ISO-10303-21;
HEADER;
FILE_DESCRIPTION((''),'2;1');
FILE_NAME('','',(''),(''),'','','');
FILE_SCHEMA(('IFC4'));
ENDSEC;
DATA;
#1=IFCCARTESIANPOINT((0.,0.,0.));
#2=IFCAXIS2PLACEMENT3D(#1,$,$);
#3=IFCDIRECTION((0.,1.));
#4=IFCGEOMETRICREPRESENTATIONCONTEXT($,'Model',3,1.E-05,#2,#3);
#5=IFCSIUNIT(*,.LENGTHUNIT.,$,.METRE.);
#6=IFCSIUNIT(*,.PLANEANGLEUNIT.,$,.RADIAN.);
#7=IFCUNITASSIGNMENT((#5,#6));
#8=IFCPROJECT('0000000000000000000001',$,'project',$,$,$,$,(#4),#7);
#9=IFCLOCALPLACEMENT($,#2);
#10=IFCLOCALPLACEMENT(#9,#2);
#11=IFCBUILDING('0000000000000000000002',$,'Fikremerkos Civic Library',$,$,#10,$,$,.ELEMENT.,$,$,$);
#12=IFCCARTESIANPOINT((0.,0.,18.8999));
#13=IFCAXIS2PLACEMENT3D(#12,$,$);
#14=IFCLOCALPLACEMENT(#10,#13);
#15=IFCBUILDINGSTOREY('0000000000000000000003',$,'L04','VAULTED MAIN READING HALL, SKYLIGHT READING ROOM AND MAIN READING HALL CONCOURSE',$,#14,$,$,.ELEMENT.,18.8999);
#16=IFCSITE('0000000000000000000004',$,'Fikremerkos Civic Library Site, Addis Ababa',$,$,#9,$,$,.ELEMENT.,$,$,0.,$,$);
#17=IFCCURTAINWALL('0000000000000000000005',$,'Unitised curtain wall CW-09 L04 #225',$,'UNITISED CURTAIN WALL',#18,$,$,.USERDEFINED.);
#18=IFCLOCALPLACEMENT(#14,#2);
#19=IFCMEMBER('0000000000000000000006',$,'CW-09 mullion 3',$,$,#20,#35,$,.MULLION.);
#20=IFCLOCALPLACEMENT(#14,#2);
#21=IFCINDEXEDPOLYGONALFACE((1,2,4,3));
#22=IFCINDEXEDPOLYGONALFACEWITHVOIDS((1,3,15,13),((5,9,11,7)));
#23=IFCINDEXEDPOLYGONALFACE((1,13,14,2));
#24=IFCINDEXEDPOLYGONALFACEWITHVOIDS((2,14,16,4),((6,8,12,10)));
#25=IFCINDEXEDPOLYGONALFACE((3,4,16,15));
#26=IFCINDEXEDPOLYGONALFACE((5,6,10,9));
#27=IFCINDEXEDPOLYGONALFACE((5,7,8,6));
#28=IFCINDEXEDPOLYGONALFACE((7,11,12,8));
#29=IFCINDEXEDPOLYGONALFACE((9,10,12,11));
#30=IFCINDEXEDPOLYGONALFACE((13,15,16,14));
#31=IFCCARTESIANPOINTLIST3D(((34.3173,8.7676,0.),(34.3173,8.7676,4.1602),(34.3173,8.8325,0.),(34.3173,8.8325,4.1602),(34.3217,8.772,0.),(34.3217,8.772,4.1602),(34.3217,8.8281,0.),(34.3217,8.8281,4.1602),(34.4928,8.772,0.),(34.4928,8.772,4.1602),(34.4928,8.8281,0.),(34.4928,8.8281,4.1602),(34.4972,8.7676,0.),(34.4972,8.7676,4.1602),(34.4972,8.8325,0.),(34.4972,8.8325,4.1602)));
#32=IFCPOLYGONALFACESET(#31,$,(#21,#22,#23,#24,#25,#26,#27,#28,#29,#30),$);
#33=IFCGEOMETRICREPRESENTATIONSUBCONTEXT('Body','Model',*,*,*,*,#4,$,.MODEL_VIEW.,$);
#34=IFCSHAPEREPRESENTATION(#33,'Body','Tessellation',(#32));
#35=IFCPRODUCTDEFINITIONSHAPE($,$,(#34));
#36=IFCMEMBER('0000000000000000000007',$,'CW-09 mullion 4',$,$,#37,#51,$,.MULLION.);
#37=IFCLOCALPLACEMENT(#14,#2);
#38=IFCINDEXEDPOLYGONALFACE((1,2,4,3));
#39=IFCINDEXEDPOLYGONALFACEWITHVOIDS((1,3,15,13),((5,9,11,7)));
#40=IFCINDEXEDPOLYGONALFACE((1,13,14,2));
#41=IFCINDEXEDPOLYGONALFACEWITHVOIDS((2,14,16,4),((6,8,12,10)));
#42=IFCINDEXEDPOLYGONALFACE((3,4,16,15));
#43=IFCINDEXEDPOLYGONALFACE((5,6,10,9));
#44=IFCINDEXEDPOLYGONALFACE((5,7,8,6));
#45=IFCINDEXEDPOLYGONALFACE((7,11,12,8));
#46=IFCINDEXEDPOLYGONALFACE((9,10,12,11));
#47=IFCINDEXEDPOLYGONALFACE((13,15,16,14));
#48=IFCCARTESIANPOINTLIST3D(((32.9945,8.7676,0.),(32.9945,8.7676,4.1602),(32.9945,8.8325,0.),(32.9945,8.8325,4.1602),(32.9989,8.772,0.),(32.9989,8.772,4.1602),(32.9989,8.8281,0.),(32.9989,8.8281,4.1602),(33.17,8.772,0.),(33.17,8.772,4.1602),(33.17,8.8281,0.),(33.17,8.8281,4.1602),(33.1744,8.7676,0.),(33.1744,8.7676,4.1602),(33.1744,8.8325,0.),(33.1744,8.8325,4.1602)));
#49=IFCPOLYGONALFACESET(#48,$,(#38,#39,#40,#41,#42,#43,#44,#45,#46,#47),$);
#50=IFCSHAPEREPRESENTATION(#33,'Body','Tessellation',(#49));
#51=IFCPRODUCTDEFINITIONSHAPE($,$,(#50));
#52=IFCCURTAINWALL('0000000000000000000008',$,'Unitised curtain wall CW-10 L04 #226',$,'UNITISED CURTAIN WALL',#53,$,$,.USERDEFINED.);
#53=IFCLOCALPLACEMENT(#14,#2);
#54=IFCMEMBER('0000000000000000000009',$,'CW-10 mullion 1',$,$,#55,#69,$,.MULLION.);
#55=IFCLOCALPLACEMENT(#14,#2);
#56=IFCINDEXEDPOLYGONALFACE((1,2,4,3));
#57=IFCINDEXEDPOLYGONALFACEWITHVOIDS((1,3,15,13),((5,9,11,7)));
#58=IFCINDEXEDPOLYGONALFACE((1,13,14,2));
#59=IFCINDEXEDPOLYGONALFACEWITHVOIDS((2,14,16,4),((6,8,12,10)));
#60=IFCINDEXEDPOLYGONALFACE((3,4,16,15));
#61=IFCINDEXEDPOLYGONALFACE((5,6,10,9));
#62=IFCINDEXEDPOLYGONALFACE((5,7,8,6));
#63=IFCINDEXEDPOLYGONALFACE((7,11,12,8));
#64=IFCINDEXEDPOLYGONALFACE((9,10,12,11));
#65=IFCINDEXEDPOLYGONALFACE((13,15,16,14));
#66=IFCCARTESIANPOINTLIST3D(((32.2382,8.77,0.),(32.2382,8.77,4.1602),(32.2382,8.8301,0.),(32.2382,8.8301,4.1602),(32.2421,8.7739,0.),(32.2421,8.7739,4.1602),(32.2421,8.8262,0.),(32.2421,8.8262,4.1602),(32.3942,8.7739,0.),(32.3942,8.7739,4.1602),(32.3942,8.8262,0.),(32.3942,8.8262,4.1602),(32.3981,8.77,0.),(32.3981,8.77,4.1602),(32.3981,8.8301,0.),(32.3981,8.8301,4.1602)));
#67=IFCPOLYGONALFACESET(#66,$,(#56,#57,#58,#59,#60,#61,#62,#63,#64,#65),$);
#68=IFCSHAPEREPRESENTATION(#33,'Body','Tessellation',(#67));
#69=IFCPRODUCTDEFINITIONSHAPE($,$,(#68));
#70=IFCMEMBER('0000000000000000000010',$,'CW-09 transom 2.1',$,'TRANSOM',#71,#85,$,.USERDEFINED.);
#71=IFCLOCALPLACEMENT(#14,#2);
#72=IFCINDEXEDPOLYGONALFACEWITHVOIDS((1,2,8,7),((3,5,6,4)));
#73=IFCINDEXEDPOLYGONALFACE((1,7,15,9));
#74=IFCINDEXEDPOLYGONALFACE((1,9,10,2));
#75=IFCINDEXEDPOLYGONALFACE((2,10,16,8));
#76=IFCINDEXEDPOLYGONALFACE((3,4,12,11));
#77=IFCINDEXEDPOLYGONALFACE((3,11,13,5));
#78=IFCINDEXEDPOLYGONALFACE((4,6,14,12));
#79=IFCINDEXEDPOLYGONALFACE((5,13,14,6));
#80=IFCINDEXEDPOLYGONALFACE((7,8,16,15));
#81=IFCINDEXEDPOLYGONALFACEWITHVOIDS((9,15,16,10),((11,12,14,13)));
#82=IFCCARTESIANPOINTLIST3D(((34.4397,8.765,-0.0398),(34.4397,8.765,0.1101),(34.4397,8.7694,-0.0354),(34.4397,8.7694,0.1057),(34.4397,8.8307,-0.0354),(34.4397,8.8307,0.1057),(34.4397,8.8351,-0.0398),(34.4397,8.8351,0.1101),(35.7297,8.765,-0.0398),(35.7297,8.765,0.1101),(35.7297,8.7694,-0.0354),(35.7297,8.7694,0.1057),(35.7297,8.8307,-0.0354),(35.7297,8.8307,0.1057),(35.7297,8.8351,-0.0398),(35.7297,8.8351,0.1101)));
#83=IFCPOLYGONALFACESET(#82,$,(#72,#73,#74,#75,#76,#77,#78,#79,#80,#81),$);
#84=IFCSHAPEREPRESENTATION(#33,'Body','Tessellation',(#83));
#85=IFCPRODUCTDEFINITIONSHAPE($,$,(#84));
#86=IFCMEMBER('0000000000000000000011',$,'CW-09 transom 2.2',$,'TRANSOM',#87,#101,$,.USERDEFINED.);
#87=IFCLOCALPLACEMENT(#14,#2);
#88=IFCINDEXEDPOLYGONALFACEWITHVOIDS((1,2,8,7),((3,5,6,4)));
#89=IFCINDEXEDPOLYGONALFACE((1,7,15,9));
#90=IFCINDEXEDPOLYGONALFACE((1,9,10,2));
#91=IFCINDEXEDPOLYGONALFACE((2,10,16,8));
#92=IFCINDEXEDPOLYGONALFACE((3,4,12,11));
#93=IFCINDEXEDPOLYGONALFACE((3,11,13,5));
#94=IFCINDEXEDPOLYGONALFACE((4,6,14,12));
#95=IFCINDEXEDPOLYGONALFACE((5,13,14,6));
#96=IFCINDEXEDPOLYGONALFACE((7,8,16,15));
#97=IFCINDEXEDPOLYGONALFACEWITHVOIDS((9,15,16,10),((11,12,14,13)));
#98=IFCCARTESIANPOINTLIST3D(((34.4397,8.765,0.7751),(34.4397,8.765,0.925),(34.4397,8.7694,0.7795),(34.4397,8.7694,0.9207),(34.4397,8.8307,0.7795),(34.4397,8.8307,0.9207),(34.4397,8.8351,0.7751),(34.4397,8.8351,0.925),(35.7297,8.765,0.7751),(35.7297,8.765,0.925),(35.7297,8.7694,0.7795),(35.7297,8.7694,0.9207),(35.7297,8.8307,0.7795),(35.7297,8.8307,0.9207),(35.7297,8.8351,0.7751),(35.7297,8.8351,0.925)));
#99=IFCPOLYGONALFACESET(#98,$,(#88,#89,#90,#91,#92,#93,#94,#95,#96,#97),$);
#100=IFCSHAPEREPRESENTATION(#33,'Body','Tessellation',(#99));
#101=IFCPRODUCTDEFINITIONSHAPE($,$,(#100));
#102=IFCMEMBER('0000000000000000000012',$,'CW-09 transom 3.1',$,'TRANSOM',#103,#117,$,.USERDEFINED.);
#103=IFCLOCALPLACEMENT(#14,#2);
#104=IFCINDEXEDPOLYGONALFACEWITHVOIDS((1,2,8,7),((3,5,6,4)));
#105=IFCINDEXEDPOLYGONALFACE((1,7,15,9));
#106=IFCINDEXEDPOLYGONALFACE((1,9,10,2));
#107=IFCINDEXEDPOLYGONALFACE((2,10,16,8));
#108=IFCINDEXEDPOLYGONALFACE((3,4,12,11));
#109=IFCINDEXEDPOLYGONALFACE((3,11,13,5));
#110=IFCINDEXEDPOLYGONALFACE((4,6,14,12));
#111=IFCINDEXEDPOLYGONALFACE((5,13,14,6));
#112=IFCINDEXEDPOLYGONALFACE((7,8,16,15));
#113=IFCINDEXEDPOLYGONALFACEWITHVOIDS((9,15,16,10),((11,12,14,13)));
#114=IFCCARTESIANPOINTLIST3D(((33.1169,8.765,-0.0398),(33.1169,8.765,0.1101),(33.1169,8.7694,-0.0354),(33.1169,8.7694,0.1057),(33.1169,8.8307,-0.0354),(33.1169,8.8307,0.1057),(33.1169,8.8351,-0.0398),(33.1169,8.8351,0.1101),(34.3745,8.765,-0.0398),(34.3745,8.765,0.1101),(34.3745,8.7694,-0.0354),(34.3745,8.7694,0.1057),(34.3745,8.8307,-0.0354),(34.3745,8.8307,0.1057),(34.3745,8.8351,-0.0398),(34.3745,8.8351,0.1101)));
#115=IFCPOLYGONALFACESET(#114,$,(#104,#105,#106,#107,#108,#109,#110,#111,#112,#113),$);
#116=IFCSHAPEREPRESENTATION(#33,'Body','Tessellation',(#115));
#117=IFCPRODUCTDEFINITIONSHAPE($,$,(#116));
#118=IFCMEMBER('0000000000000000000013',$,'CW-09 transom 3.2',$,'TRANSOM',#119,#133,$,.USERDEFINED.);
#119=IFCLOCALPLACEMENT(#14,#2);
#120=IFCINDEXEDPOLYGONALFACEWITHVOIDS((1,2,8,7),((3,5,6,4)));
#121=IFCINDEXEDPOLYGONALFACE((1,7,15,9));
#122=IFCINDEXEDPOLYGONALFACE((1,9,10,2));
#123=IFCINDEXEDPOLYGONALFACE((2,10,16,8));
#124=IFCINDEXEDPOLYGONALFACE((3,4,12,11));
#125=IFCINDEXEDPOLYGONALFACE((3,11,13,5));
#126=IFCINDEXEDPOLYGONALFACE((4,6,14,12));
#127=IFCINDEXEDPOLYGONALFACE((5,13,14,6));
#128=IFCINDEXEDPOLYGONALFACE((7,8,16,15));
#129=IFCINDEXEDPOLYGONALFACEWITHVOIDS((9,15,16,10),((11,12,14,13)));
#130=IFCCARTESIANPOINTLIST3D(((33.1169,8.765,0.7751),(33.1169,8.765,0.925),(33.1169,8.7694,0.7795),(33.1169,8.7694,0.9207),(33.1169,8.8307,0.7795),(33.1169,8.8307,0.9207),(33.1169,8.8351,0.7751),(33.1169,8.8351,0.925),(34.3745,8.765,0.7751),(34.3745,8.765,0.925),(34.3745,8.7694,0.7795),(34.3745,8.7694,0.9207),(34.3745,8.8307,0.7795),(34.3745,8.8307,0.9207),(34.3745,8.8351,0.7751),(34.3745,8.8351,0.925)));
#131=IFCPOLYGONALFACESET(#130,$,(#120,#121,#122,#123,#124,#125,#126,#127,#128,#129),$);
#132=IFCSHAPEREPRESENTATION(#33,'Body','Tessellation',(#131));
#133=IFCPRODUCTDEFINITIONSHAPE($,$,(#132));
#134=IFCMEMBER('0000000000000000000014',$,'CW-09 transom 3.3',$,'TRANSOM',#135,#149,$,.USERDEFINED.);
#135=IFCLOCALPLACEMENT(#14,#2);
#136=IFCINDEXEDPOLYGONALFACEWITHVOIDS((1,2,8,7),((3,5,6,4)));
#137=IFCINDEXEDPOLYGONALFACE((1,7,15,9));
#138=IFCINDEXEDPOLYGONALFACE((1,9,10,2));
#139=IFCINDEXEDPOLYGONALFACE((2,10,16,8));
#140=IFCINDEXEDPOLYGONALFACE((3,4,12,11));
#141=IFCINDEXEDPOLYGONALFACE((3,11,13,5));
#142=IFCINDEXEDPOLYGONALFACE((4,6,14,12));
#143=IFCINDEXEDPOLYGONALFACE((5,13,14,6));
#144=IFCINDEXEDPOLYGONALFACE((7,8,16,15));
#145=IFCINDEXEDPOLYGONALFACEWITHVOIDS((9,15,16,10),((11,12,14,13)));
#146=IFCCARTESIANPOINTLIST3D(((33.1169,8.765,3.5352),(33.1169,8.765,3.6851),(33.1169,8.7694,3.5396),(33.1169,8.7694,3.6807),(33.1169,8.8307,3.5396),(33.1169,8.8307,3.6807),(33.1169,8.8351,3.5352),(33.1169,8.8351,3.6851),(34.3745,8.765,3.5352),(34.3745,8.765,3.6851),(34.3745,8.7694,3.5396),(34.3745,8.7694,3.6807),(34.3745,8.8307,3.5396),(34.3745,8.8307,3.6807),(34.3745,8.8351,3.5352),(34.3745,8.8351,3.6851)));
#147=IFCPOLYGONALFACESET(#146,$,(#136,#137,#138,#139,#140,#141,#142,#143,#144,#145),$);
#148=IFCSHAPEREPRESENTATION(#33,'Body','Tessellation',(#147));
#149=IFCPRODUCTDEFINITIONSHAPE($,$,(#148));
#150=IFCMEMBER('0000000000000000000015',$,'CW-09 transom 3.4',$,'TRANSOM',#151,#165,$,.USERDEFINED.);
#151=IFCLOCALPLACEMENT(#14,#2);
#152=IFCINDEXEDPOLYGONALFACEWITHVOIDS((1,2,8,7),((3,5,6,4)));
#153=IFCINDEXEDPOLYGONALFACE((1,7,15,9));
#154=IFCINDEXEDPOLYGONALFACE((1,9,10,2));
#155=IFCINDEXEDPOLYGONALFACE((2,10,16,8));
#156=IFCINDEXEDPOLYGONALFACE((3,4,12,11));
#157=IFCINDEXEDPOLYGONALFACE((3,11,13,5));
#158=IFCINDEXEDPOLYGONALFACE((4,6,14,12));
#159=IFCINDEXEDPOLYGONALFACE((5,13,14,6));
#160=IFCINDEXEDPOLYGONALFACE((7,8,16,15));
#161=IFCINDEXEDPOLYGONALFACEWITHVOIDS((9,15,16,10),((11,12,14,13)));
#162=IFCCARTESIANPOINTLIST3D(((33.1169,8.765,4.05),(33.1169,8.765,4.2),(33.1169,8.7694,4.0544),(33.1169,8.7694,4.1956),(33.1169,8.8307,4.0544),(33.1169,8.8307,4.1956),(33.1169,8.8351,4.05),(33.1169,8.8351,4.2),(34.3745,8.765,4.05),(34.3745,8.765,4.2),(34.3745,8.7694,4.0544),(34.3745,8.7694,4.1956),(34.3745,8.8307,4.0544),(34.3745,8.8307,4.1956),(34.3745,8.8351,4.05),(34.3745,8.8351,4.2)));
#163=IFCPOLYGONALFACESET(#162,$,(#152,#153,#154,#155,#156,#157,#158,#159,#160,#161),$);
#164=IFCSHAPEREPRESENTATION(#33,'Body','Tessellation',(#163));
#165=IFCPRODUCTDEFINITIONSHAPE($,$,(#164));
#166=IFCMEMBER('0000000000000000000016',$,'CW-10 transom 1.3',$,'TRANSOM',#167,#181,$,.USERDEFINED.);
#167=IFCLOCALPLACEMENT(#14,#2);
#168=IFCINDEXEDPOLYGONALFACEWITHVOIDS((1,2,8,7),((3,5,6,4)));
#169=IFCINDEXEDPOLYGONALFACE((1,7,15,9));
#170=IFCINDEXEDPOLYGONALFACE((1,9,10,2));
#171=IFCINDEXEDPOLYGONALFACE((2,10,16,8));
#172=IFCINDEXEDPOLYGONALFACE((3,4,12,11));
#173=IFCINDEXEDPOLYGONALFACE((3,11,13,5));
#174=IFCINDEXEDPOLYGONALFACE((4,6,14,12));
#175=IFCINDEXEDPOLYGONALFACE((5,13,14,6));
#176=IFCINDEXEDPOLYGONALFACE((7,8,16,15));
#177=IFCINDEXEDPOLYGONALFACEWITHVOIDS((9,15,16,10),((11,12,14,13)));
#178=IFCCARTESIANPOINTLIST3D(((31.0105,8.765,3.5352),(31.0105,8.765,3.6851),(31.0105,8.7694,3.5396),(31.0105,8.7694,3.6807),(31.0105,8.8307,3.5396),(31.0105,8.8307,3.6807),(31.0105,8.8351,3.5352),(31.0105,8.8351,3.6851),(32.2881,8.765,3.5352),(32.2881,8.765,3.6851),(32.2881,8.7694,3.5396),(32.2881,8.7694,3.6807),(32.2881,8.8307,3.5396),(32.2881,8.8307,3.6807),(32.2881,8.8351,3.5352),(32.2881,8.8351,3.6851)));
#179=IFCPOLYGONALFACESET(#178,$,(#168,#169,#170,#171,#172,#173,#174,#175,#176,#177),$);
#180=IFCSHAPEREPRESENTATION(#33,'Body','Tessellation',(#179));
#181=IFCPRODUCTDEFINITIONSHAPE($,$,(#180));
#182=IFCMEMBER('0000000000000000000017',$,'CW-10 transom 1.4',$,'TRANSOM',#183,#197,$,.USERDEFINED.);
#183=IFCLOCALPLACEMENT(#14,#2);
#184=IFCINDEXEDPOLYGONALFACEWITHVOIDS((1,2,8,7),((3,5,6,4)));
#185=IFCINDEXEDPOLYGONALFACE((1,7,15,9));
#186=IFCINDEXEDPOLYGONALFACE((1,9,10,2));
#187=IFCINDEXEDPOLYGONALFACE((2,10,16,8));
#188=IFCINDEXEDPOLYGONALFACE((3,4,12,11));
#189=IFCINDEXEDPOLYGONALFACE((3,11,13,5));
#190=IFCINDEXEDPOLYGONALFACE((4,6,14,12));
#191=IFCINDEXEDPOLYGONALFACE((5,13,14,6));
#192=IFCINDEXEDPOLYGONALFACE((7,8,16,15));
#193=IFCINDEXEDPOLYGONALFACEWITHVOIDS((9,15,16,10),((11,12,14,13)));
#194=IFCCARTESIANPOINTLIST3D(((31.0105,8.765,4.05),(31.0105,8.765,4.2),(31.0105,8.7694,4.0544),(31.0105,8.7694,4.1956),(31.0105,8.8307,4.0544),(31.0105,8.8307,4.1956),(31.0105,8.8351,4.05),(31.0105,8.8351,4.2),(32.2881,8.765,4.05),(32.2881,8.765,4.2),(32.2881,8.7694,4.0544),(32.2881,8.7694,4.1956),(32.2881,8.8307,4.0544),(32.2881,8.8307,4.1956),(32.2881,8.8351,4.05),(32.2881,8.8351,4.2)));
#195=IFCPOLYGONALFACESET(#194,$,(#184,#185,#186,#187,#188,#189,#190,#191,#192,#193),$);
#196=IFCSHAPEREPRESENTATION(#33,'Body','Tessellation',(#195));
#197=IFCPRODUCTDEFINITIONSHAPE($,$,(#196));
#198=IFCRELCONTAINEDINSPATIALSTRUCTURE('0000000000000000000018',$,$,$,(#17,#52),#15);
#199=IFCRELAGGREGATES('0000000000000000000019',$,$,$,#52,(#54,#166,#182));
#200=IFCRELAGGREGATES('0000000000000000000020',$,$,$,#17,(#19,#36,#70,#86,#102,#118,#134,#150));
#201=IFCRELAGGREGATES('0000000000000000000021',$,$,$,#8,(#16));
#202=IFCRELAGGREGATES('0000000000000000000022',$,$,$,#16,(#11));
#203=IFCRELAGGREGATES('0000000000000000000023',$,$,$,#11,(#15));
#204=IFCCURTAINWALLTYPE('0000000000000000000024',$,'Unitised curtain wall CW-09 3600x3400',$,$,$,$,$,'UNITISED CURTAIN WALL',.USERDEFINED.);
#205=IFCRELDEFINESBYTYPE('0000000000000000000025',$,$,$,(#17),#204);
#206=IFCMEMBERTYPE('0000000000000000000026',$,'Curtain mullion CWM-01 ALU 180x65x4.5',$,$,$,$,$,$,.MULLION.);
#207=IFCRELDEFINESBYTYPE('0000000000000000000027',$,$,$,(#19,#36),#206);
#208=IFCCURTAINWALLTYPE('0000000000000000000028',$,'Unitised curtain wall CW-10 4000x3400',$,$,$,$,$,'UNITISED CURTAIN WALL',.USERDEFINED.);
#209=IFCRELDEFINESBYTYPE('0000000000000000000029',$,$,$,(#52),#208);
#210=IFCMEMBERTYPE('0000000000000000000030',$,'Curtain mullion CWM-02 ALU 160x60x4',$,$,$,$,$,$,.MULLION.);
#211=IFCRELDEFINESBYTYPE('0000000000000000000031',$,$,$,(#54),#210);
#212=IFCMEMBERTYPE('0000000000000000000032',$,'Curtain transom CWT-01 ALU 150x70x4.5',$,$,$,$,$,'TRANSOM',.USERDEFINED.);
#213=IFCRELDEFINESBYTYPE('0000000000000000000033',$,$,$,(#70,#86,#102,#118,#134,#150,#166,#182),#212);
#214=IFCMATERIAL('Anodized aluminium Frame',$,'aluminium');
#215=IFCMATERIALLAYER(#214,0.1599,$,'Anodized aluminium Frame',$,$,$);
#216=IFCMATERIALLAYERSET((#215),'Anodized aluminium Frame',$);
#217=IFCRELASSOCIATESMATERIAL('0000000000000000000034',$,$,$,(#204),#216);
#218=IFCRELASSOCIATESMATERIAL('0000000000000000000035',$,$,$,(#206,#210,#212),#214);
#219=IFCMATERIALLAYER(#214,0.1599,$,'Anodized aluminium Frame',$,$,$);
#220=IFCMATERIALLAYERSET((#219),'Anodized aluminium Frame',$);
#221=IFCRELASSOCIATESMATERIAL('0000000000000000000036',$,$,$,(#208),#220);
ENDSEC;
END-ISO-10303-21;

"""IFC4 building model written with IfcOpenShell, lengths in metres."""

from ifc_helpers import new_model, si_unit, direction, frame, origin, origin_2d, place, context, subcontext, project, spatial, hollow_rectangle, extrude, material, layer, layer_set, material_profile, profile_set, type_object, element, aggregate, save


model = new_model("IFC4")

# Units and contexts
model_context = context("Model", 3, precision=1e-05, world=origin(), true_north=direction((0.0, 1.0)))
body_context = subcontext(model_context, "Body", "Model", "MODEL_VIEW")
ifc_project = project(units=[si_unit("LENGTHUNIT", "METRE"), si_unit("PLANEANGLEUNIT", "RADIAN")], contexts=[model_context])

# Site, building, storey
site_placement = place(None, origin())
site = spatial("IfcSite", under=ifc_project, at=site_placement, Name="Fikremerkos Civic Library Site, Addis Ababa", CompositionType="ELEMENT", RefElevation=0.0)
building_placement = place(site_placement, origin())
building = spatial("IfcBuilding", under=site, at=building_placement, Name="Fikremerkos Civic Library", CompositionType="ELEMENT")
storey_placement = place(building_placement, frame((0.0, 0.0, 18.8999)))
storey = spatial("IfcBuildingStorey", under=building, at=storey_placement, Name="L04", Description="VAULTED MAIN READING HALL, SKYLIGHT READING ROOM AND MAIN READING HALL CONCOURSE", CompositionType="ELEMENT", Elevation=18.8999)

# Curtain wall, members
ifc_material_1 = material(Name="Anodized aluminium Frame", Category="aluminium")
ifc_layer_1 = layer(ifc_material_1, 0.1599, Name="Anodized aluminium Frame")
ifc_layer_set_1 = layer_set([ifc_layer_1], Name="Anodized aluminium Frame")
curtain_wall_type_1 = type_object("IfcCurtainWallType", Name="Unitised curtain wall CW-09 3600x3400", ElementType="UNITISED CURTAIN WALL", PredefinedType="USERDEFINED", material=ifc_layer_set_1)
curtain_wall_1_placement = place(storey_placement, origin())
curtain_wall_1 = element("IfcCurtainWall", 1, at=curtain_wall_1_placement, inside=storey, type_object=curtain_wall_type_1, Name="Unitised curtain wall CW-09 L04 #225", ObjectType="UNITISED CURTAIN WALL", PredefinedType="USERDEFINED")
ifc_material_profile_1 = material_profile(ifc_material_1, hollow_rectangle(XDim=0.0649, YDim=0.1799, WallThickness=0.0044, at=origin_2d()), Name="ALU 180x65x4.5")
ifc_profile_set_1 = profile_set([ifc_material_profile_1], Name="Anodized aluminium Frame")
member_type_1 = type_object("IfcMemberType", Name="Curtain mullion CWM-01 ALU 180x65x4.5", PredefinedType="MULLION", material=ifc_profile_set_1)
member_1_placement = place(storey_placement, frame((34.4072, 8.8, 0.0), z_axis=(0.0, 0.0, 1.0), x_axis=(0.0, -1.0, 0.0)))
member_1 = element("IfcMember", 2, at=member_1_placement, type_object=member_type_1, Name="CW-09 mullion 3", PredefinedType="MULLION", context=body_context, shape_type="SweptSolid", body=[
    extrude(hollow_rectangle(XDim=0.0649, YDim=0.1799, WallThickness=0.0044, at=origin_2d()), origin(), (0.0, 0.0, 1.0), 4.1602),
])
member_2_placement = place(storey_placement, frame((33.0845, 8.8, 0.0), z_axis=(0.0, 0.0, 1.0), x_axis=(0.0, -1.0, 0.0)))
member_2 = element("IfcMember", 3, at=member_2_placement, type_object=member_type_1, Name="CW-09 mullion 4", PredefinedType="MULLION", context=body_context, shape_type="SweptSolid", body=[
    extrude(hollow_rectangle(XDim=0.0649, YDim=0.1799, WallThickness=0.0044, at=origin_2d()), origin(), (0.0, 0.0, 1.0), 4.1602),
])

# Curtain wall, member
ifc_layer_2 = layer(ifc_material_1, 0.1599, Name="Anodized aluminium Frame")
ifc_layer_set_2 = layer_set([ifc_layer_2], Name="Anodized aluminium Frame")
curtain_wall_type_2 = type_object("IfcCurtainWallType", Name="Unitised curtain wall CW-10 4000x3400", ElementType="UNITISED CURTAIN WALL", PredefinedType="USERDEFINED", material=ifc_layer_set_2)
curtain_wall_2_placement = place(storey_placement, origin())
curtain_wall_2 = element("IfcCurtainWall", 4, at=curtain_wall_2_placement, inside=storey, type_object=curtain_wall_type_2, Name="Unitised curtain wall CW-10 L04 #226", ObjectType="UNITISED CURTAIN WALL", PredefinedType="USERDEFINED")
ifc_material_profile_2 = material_profile(ifc_material_1, hollow_rectangle(XDim=0.0601, YDim=0.1599, WallThickness=0.0039, at=origin_2d()), Name="ALU 160x60x4")
ifc_profile_set_2 = profile_set([ifc_material_profile_2], Name="Anodized aluminium Frame")
member_type_2 = type_object("IfcMemberType", Name="Curtain mullion CWM-02 ALU 160x60x4", PredefinedType="MULLION", material=ifc_profile_set_2)
member_3_placement = place(storey_placement, frame((32.3181, 8.8, 0.0), z_axis=(0.0, 0.0, 1.0), x_axis=(0.0, -1.0, 0.0)))
member_3 = element("IfcMember", 5, at=member_3_placement, type_object=member_type_2, Name="CW-10 mullion 1", PredefinedType="MULLION", context=body_context, shape_type="SweptSolid", body=[
    extrude(hollow_rectangle(XDim=0.0601, YDim=0.1599, WallThickness=0.0039, at=origin_2d()), origin(), (0.0, 0.0, 1.0), 4.1602),
])

# Members
ifc_material_profile_3 = material_profile(ifc_material_1, hollow_rectangle(XDim=0.0701, YDim=0.1499, WallThickness=0.0044, at=origin_2d()), Name="ALU 150x70x4.5")
ifc_profile_set_3 = profile_set([ifc_material_profile_3], Name="Anodized aluminium Frame")
member_type_3 = type_object("IfcMemberType", Name="Curtain transom CWT-01 ALU 150x70x4.5", ElementType="TRANSOM", PredefinedType="USERDEFINED", material=ifc_profile_set_3)
member_4_placement = place(storey_placement, frame((35.7297, 8.8, 0.0352), z_axis=(-1.0, 0.0, 0.0), x_axis=(0.0, -1.0, 0.0)))
member_4 = element("IfcMember", 6, at=member_4_placement, type_object=member_type_3, Name="CW-09 transom 2.1", ObjectType="TRANSOM", PredefinedType="USERDEFINED", context=body_context, shape_type="SweptSolid", body=[
    extrude(hollow_rectangle(XDim=0.0701, YDim=0.1499, WallThickness=0.0044, at=origin_2d()), origin(), (0.0, 0.0, 1.0), 1.29),
])
member_5_placement = place(storey_placement, frame((35.7297, 8.8, 0.8501), z_axis=(-1.0, 0.0, 0.0), x_axis=(0.0, -1.0, 0.0)))
member_5 = element("IfcMember", 7, at=member_5_placement, type_object=member_type_3, Name="CW-09 transom 2.2", ObjectType="TRANSOM", PredefinedType="USERDEFINED", context=body_context, shape_type="SweptSolid", body=[
    extrude(hollow_rectangle(XDim=0.0701, YDim=0.1499, WallThickness=0.0044, at=origin_2d()), origin(), (0.0, 0.0, 1.0), 1.29),
])
member_6_placement = place(storey_placement, frame((34.3745, 8.8, 0.0352), z_axis=(-1.0, 0.0, 0.0), x_axis=(0.0, -1.0, 0.0)))
member_6 = element("IfcMember", 8, at=member_6_placement, type_object=member_type_3, Name="CW-09 transom 3.1", ObjectType="TRANSOM", PredefinedType="USERDEFINED", context=body_context, shape_type="SweptSolid", body=[
    extrude(hollow_rectangle(XDim=0.0701, YDim=0.1499, WallThickness=0.0044, at=origin_2d()), origin(), (0.0, 0.0, 1.0), 1.2576),
])
member_7_placement = place(storey_placement, frame((34.3745, 8.8, 0.8501), z_axis=(-1.0, 0.0, 0.0), x_axis=(0.0, -1.0, 0.0)))
member_7 = element("IfcMember", 9, at=member_7_placement, type_object=member_type_3, Name="CW-09 transom 3.2", ObjectType="TRANSOM", PredefinedType="USERDEFINED", context=body_context, shape_type="SweptSolid", body=[
    extrude(hollow_rectangle(XDim=0.0701, YDim=0.1499, WallThickness=0.0044, at=origin_2d()), origin(), (0.0, 0.0, 1.0), 1.2576),
])
member_8_placement = place(storey_placement, frame((34.3745, 8.8, 3.6101), z_axis=(-1.0, 0.0, 0.0), x_axis=(0.0, -1.0, 0.0)))
member_8 = element("IfcMember", 10, at=member_8_placement, type_object=member_type_3, Name="CW-09 transom 3.3", ObjectType="TRANSOM", PredefinedType="USERDEFINED", context=body_context, shape_type="SweptSolid", body=[
    extrude(hollow_rectangle(XDim=0.0701, YDim=0.1499, WallThickness=0.0044, at=origin_2d()), origin(), (0.0, 0.0, 1.0), 1.2576),
])
member_9_placement = place(storey_placement, frame((34.3745, 8.8, 4.125), z_axis=(-1.0, 0.0, 0.0), x_axis=(0.0, -1.0, 0.0)))
member_9 = element("IfcMember", 11, at=member_9_placement, type_object=member_type_3, Name="CW-09 transom 3.4", ObjectType="TRANSOM", PredefinedType="USERDEFINED", context=body_context, shape_type="SweptSolid", body=[
    extrude(hollow_rectangle(XDim=0.0701, YDim=0.1499, WallThickness=0.0044, at=origin_2d()), origin(), (0.0, 0.0, 1.0), 1.2576),
])
member_10_placement = place(storey_placement, frame((32.2881, 8.8, 3.6101), z_axis=(-1.0, 0.0, 0.0), x_axis=(0.0, -1.0, 0.0)))
member_10 = element("IfcMember", 12, at=member_10_placement, type_object=member_type_3, Name="CW-10 transom 1.3", ObjectType="TRANSOM", PredefinedType="USERDEFINED", context=body_context, shape_type="SweptSolid", body=[
    extrude(hollow_rectangle(XDim=0.0701, YDim=0.1499, WallThickness=0.0044, at=origin_2d()), origin(), (0.0, 0.0, 1.0), 1.2776),
])
member_11_placement = place(storey_placement, frame((32.2881, 8.8, 4.125), z_axis=(-1.0, 0.0, 0.0), x_axis=(0.0, -1.0, 0.0)))
member_11 = element("IfcMember", 13, at=member_11_placement, type_object=member_type_3, Name="CW-10 transom 1.4", ObjectType="TRANSOM", PredefinedType="USERDEFINED", context=body_context, shape_type="SweptSolid", body=[
    extrude(hollow_rectangle(XDim=0.0701, YDim=0.1499, WallThickness=0.0044, at=origin_2d()), origin(), (0.0, 0.0, 1.0), 1.2776),
])
aggregate(curtain_wall_2, [member_3, member_10, member_11])

aggregate(curtain_wall_1, [member_1, member_2, member_4, member_5, member_6, member_7, member_8, member_9])

save(model, "model.ifc")
